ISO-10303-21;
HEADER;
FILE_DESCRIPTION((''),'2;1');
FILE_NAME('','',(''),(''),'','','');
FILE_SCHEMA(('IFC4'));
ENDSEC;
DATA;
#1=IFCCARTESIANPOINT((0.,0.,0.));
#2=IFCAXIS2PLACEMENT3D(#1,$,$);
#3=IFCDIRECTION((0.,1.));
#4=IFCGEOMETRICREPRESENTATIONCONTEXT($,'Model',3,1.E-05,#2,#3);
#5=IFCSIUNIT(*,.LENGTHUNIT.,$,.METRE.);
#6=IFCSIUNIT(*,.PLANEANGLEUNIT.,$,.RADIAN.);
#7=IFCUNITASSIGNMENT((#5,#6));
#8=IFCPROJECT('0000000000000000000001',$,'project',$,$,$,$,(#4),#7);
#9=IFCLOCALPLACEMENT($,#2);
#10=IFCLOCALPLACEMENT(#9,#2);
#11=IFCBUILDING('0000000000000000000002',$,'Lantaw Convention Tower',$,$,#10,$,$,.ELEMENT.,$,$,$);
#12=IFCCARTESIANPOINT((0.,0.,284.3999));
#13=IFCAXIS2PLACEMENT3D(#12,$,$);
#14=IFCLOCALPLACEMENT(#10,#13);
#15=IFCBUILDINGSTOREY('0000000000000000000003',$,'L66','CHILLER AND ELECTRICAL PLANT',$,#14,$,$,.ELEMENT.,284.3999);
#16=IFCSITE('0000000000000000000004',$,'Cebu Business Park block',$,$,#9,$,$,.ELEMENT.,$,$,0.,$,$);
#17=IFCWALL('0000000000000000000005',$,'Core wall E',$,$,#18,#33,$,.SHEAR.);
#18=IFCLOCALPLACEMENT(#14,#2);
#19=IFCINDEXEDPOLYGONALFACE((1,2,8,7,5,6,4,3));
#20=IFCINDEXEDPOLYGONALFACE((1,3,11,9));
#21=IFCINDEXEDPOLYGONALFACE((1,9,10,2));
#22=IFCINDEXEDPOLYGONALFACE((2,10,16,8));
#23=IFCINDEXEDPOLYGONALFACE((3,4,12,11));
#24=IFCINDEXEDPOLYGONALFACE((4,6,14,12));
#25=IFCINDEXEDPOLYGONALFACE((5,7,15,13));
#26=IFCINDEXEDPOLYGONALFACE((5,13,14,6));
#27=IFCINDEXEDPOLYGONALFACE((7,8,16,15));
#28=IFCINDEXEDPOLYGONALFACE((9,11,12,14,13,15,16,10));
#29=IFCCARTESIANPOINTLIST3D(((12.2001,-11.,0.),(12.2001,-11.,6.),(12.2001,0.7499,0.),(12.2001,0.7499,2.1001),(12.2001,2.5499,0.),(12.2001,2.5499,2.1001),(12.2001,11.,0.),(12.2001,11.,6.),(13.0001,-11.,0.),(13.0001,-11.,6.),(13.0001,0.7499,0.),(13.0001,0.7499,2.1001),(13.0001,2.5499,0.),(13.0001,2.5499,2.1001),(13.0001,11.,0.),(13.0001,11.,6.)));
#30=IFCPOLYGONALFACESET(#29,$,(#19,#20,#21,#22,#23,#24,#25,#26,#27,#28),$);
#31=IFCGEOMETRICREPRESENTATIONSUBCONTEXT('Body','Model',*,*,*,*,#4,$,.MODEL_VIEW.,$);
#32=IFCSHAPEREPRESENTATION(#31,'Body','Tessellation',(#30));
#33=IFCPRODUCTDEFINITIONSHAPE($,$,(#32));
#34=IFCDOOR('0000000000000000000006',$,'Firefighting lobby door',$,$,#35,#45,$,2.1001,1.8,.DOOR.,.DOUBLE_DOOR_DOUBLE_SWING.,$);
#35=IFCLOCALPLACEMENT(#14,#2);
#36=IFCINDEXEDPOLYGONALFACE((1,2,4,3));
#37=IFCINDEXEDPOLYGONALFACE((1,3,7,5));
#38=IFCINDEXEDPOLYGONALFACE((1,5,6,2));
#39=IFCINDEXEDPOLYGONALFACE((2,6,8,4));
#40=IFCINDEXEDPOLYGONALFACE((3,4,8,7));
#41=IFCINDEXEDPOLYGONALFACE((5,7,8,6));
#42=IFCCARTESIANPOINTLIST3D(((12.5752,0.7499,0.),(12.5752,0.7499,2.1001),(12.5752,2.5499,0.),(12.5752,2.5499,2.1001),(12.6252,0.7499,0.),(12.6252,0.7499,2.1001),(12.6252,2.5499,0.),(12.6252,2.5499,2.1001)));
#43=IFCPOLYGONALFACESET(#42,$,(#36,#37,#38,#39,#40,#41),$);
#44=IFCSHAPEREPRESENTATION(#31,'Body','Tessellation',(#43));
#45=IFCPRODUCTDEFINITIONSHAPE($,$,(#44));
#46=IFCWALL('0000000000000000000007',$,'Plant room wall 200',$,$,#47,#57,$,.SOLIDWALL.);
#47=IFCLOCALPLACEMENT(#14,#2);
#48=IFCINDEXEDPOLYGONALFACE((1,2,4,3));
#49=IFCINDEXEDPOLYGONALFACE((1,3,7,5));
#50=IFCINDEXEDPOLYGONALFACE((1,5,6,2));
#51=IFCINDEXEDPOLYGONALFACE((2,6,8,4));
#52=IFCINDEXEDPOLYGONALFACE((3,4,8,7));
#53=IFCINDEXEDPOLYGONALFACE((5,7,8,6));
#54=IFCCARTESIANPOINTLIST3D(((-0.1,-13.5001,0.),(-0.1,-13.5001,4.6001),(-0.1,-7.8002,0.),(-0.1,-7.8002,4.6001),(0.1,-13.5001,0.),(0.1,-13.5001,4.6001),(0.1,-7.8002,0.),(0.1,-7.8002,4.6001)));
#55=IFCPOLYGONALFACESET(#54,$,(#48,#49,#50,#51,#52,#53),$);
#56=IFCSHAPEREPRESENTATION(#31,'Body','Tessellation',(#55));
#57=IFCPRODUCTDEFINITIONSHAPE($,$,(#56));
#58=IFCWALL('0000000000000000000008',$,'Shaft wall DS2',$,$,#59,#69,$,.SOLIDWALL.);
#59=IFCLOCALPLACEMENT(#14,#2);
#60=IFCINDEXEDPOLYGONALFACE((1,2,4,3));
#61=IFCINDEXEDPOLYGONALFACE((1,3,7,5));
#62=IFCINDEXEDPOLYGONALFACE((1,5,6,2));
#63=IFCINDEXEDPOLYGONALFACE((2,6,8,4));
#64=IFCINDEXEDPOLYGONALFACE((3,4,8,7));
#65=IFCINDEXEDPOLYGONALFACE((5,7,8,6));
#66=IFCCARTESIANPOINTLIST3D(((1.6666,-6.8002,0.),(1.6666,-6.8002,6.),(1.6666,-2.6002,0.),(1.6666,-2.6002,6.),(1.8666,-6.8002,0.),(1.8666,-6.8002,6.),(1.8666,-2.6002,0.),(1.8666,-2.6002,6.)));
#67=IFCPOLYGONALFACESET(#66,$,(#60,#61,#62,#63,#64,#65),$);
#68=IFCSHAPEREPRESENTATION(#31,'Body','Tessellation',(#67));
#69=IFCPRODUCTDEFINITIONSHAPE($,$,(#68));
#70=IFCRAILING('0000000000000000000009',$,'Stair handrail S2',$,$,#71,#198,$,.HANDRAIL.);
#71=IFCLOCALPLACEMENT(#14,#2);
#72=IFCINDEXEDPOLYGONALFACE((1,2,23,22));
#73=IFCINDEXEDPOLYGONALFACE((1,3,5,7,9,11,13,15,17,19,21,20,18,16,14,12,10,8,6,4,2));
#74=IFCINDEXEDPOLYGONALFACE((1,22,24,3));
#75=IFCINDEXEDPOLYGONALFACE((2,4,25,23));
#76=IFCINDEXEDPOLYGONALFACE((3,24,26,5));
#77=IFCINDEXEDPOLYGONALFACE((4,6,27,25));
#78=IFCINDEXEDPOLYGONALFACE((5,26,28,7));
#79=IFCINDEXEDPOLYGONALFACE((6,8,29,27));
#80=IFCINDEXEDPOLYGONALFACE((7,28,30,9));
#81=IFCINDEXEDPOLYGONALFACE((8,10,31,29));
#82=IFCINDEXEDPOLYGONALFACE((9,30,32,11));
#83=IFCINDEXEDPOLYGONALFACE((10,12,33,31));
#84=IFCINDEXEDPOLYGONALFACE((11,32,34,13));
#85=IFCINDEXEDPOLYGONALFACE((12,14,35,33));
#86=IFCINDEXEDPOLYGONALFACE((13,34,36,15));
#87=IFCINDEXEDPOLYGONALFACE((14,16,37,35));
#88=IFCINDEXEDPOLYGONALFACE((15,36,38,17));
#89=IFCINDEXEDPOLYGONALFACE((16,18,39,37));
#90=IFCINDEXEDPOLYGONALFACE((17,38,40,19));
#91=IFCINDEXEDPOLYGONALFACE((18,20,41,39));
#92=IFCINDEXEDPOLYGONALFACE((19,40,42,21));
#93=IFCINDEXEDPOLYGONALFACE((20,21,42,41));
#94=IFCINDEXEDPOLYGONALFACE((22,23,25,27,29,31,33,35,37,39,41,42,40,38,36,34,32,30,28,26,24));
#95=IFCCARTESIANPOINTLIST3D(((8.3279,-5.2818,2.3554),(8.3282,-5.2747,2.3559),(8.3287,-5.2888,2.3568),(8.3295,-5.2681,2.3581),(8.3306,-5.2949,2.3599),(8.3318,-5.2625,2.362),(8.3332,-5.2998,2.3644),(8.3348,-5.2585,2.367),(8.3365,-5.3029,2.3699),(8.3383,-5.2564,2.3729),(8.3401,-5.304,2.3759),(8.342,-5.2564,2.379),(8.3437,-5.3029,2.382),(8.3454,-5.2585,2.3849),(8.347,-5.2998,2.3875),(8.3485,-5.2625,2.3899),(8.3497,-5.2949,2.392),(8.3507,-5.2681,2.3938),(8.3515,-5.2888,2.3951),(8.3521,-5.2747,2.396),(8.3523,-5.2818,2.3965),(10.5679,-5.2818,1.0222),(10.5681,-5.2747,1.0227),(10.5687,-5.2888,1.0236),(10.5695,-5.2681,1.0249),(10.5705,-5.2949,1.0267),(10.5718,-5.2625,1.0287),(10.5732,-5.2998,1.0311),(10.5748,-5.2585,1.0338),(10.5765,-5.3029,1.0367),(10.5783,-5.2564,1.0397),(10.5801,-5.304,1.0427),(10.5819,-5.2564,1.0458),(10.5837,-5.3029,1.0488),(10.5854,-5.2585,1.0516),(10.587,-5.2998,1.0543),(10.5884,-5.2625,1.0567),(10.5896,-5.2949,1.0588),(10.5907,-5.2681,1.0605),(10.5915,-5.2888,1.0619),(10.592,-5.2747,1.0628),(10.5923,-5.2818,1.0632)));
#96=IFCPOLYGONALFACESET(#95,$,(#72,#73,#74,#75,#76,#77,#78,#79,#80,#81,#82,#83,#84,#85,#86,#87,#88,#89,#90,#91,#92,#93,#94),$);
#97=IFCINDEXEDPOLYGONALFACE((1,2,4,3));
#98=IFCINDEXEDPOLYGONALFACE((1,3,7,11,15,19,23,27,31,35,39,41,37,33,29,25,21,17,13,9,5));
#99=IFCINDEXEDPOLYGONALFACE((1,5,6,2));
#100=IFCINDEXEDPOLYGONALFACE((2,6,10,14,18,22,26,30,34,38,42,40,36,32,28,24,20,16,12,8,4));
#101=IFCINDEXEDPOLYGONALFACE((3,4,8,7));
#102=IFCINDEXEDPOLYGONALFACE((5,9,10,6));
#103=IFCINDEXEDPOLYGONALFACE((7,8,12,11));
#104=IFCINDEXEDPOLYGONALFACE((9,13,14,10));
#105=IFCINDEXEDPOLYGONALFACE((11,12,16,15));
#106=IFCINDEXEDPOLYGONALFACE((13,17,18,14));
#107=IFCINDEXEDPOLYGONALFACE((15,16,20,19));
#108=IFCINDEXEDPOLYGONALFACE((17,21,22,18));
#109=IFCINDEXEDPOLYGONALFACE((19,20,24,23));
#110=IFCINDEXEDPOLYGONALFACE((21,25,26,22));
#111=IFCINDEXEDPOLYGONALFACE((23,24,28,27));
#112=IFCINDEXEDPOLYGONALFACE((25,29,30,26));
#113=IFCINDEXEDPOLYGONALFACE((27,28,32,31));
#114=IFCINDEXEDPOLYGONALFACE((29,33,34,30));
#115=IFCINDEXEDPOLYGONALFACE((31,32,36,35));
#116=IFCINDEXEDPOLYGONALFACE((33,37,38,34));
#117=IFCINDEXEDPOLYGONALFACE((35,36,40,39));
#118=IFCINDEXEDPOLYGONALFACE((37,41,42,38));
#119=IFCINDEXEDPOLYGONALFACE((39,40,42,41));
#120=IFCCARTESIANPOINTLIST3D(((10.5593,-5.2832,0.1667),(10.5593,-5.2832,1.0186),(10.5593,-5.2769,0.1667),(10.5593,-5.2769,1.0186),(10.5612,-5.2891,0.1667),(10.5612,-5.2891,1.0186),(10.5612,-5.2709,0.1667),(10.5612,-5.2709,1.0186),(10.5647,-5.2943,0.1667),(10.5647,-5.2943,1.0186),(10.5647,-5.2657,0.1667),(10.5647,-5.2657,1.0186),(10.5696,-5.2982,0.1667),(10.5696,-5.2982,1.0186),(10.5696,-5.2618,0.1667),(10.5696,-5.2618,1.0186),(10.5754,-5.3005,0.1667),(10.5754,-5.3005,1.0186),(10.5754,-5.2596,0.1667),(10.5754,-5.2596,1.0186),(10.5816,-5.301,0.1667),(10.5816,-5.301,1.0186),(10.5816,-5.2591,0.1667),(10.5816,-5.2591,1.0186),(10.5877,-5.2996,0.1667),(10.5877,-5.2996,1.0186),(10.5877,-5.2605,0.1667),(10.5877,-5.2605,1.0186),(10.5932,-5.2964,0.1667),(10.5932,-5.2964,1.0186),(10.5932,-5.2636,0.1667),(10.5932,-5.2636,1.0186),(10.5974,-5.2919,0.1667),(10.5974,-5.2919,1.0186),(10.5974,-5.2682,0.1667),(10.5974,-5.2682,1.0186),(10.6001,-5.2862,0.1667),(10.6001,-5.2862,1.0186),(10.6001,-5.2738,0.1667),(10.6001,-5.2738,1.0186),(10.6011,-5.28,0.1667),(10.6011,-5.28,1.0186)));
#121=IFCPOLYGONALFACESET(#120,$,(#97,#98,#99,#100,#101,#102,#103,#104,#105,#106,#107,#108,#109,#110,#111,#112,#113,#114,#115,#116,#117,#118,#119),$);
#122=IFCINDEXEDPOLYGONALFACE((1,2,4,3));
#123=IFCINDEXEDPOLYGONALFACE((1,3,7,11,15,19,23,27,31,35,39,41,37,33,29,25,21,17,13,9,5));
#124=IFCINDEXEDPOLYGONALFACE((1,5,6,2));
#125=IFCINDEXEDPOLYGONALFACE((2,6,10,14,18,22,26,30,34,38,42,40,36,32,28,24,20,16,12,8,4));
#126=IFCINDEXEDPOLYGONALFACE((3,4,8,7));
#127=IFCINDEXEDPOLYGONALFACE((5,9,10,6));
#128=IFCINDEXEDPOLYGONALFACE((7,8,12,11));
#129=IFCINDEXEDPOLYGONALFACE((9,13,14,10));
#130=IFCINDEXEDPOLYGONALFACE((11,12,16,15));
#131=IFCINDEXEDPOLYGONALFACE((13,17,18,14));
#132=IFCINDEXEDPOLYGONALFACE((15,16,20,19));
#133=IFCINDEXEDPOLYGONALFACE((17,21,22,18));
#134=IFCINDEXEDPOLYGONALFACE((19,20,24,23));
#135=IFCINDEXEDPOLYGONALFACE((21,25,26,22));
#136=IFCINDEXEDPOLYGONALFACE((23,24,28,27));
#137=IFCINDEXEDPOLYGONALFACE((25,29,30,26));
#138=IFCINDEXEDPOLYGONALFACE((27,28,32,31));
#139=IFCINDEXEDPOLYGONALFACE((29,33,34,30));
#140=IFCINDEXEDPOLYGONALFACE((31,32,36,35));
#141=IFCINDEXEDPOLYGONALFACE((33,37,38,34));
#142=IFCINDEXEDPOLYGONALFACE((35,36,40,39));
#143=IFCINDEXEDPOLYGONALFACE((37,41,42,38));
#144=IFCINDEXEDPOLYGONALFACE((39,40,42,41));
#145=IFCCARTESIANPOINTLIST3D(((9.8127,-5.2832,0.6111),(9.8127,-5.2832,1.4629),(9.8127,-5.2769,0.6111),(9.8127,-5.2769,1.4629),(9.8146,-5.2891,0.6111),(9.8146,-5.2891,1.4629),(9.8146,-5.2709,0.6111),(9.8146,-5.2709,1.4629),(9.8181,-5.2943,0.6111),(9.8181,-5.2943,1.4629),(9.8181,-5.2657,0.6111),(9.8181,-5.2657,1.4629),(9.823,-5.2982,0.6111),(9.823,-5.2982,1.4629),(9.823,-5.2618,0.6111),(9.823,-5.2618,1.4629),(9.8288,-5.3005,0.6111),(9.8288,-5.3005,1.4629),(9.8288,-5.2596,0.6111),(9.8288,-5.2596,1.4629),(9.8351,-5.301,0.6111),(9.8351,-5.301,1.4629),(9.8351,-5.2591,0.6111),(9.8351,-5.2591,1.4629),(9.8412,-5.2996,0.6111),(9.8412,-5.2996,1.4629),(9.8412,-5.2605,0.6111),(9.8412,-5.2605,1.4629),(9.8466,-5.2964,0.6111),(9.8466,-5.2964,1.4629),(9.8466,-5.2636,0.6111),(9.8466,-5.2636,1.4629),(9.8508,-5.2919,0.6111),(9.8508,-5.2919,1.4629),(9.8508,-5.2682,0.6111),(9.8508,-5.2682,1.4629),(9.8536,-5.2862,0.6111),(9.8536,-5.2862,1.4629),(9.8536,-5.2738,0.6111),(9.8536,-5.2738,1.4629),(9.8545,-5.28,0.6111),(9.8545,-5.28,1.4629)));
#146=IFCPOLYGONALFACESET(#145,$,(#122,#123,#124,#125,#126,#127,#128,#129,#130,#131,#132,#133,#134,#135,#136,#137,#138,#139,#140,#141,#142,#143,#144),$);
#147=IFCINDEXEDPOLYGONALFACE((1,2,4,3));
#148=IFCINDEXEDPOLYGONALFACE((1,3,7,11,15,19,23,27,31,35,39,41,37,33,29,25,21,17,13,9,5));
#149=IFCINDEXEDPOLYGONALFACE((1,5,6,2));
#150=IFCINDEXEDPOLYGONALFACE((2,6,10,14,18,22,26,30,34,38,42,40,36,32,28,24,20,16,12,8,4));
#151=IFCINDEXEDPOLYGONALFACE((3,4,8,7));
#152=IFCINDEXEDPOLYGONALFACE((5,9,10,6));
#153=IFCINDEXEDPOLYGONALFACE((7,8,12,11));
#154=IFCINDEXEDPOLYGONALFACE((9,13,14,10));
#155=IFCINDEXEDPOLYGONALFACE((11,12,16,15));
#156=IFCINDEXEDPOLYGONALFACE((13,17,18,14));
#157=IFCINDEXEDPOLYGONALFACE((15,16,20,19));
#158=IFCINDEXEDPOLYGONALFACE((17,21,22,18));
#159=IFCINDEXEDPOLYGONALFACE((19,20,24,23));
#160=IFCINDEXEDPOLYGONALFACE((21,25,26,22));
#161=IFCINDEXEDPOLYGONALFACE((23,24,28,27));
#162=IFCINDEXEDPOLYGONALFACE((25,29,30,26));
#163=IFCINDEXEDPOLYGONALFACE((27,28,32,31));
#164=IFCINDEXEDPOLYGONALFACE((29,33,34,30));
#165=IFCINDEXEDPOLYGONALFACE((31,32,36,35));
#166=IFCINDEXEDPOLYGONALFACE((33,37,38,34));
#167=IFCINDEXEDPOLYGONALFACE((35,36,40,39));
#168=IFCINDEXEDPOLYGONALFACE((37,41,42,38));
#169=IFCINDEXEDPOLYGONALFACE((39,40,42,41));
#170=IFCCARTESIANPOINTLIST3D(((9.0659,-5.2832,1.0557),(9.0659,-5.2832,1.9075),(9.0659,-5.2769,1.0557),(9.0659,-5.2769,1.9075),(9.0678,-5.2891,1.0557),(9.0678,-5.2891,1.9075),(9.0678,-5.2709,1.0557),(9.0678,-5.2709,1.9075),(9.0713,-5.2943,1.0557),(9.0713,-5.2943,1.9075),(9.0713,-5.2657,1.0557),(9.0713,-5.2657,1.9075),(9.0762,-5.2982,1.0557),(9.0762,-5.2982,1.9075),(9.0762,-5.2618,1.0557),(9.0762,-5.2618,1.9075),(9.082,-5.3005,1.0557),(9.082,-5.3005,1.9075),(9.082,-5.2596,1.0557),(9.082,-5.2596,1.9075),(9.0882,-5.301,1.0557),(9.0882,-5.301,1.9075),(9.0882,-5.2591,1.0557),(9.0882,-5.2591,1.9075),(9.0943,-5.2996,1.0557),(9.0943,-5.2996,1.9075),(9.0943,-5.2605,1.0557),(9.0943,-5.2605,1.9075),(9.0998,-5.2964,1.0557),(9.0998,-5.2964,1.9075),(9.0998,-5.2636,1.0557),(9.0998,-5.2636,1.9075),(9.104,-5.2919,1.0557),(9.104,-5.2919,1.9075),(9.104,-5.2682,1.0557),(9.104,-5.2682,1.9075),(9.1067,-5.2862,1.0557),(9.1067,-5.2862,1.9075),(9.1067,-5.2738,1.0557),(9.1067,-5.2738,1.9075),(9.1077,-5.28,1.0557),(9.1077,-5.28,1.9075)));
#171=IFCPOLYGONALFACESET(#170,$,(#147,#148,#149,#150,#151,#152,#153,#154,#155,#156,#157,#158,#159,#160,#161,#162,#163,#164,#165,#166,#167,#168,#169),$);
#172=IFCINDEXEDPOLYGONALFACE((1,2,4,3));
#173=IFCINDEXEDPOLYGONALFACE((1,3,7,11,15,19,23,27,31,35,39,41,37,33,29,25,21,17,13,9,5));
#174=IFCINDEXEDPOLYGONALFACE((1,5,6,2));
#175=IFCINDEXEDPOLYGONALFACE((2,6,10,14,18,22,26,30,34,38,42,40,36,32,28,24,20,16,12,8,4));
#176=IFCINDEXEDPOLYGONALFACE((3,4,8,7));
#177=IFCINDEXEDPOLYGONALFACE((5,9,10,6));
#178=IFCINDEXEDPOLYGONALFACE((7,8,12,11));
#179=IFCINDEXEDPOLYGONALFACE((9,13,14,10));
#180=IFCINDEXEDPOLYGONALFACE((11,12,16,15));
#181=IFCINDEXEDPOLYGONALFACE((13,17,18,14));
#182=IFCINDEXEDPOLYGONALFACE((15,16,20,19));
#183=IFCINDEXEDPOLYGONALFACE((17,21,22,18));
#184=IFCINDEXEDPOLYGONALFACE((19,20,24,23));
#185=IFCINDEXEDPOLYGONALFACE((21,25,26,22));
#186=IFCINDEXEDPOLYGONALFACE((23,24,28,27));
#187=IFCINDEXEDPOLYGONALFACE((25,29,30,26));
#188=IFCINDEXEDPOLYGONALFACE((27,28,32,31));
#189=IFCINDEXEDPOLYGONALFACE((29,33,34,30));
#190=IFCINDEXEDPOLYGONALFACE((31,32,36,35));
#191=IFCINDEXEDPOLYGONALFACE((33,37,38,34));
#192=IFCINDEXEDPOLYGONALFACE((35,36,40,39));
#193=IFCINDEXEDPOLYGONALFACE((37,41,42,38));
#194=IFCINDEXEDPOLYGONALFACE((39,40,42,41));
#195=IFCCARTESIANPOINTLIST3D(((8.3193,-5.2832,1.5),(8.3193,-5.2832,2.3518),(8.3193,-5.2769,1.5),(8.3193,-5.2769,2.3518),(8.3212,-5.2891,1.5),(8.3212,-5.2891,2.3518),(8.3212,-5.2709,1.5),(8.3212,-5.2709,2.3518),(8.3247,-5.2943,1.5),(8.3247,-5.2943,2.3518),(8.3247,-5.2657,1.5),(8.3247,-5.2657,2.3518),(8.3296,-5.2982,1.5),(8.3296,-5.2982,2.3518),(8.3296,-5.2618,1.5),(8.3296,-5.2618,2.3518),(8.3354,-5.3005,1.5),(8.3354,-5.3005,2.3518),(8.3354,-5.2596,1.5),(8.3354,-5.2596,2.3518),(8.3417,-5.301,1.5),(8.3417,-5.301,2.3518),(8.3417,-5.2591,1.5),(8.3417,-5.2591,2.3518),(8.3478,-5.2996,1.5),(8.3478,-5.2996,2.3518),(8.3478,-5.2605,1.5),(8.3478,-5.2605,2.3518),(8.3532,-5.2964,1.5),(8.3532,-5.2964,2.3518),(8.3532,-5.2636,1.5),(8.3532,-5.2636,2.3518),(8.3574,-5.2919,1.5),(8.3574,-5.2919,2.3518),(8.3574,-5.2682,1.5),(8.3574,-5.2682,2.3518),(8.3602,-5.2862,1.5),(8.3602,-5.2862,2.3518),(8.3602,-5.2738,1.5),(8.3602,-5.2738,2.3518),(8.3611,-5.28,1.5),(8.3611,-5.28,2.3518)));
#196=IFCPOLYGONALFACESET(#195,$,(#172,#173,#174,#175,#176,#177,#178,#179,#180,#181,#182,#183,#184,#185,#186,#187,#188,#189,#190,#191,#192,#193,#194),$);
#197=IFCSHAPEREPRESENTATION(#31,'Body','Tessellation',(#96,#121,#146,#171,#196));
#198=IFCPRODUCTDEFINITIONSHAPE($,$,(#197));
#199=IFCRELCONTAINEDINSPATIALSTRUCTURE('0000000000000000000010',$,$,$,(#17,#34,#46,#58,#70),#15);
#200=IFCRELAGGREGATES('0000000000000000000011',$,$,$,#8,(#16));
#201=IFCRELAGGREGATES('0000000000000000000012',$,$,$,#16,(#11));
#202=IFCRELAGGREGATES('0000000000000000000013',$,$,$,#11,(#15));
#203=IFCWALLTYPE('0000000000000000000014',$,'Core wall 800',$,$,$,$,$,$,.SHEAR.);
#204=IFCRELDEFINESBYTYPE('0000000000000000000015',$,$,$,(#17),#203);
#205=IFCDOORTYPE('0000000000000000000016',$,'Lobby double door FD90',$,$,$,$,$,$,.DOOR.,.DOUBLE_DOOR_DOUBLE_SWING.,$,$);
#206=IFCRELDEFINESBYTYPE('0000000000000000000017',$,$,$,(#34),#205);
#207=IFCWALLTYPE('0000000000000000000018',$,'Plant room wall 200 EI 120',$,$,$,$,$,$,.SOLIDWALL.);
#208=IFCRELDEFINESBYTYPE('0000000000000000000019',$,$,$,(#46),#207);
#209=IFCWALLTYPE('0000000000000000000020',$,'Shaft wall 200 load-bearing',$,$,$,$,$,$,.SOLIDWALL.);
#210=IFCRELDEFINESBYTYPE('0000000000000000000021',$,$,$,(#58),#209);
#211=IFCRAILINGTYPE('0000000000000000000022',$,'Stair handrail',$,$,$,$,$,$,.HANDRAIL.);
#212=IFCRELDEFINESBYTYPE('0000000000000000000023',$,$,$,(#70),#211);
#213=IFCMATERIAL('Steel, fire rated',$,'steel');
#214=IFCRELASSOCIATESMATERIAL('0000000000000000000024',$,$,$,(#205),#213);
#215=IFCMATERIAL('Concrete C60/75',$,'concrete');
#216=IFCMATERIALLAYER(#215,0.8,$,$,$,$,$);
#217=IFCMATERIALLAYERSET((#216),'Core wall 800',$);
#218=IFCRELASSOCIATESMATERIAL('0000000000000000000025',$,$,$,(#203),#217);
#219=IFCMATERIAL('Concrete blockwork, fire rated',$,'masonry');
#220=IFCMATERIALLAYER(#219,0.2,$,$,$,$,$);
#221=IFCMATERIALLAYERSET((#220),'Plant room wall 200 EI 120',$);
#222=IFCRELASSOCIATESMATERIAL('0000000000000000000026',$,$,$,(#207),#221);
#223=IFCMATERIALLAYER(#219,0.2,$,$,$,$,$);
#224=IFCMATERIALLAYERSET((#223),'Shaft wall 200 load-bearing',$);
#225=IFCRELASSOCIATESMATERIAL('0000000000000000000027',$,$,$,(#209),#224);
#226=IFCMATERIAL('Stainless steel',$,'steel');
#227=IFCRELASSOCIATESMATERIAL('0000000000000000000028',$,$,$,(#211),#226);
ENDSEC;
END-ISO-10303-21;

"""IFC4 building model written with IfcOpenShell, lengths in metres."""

from ifc_helpers import new_model, si_unit, direction, frame, frame_2d, origin, origin_2d, place, context, subcontext, project, spatial, rectangle, circle, extrude, material, layer, layer_set, type_object, element, fill, save


model = new_model("IFC4")

# Units and contexts
model_context = context("Model", 3, precision=1e-05, world=origin(), true_north=direction((0.0, 1.0)))
body_context = subcontext(model_context, "Body", "Model", "MODEL_VIEW")
ifc_project = project(units=[si_unit("LENGTHUNIT", "METRE"), si_unit("PLANEANGLEUNIT", "RADIAN")], contexts=[model_context])

# Site, building, storey
site_placement = place(None, origin())
site = spatial("IfcSite", under=ifc_project, at=site_placement, Name="Cebu Business Park block", CompositionType="ELEMENT", RefElevation=0.0)
building_placement = place(site_placement, origin())
building = spatial("IfcBuilding", under=site, at=building_placement, Name="Lantaw Convention Tower", CompositionType="ELEMENT")
storey_placement = place(building_placement, frame((0.0, 0.0, 284.3999)))
storey = spatial("IfcBuildingStorey", under=building, at=storey_placement, Name="L66", Description="CHILLER AND ELECTRICAL PLANT", CompositionType="ELEMENT", Elevation=284.3999)

# Wall, opening, door
ifc_material_1 = material(Name="Concrete C60/75", Category="concrete")
ifc_material_2 = material(Name="Steel, fire rated", Category="steel")
door_type_1 = type_object("IfcDoorType", Name="Lobby double door FD90", OperationType="DOUBLE_DOOR_DOUBLE_SWING", PredefinedType="DOOR", material=ifc_material_2)
ifc_layer_1 = layer(ifc_material_1, 0.8)
ifc_layer_set_1 = layer_set([ifc_layer_1], Name="Core wall 800")
wall_type_1 = type_object("IfcWallType", Name="Core wall 800", PredefinedType="SHEAR", material=ifc_layer_set_1)
wall_1_placement = place(storey_placement, frame((12.6001, -11.0, 0.0), z_axis=(0.0, 0.0, 1.0), x_axis=(0.0, 1.0, 0.0)))
wall_1 = element("IfcWall", 1, at=wall_1_placement, inside=storey, type_object=wall_type_1, Name="Core wall E", PredefinedType="SHEAR", context=body_context, shape_type="SweptSolid", body=[
    extrude(rectangle(XDim=22.0, YDim=0.8, at=frame_2d((11.0, 0.0))), origin(), (0.0, 0.0, 1.0), 6.0),
])
opening_1_placement = place(wall_1_placement, frame((11.75, 0.0, 0.0)))
opening_1 = element("IfcOpeningElement", 2, at=opening_1_placement, cuts=wall_1, PredefinedType="OPENING", context=body_context, shape_type="SweptSolid", body=[
    extrude(rectangle(XDim=1.8, YDim=2.1001, at=frame_2d((0.8999, 1.05))), frame((0.0, 0.4099, 0.0), z_axis=(0.0, -1.0, 0.0), x_axis=(1.0, 0.0, 0.0)), (0.0, 0.0, 1.0), 0.8201),
])
door_1_placement = place(opening_1_placement, origin())
door_1 = element("IfcDoor", 3, at=door_1_placement, inside=storey, type_object=door_type_1, Name="Firefighting lobby door", OperationType="DOUBLE_DOOR_DOUBLE_SWING", OverallHeight=2.1001, OverallWidth=1.8, PredefinedType="DOOR", context=body_context, shape_type="SweptSolid", body=[
    extrude(rectangle(XDim=1.8, YDim=2.1001, at=frame_2d((0.8999, 1.05))), frame((0.0, 0.0249, 0.0), z_axis=(0.0, -1.0, 0.0), x_axis=(1.0, 0.0, 0.0)), (0.0, 0.0, 1.0), 0.05),
])
fill(opening_1, door_1)

# Walls
ifc_material_3 = material(Name="Concrete blockwork, fire rated", Category="masonry")
ifc_layer_2 = layer(ifc_material_3, 0.2)
ifc_layer_set_2 = layer_set([ifc_layer_2], Name="Plant room wall 200 EI 120")
wall_type_2 = type_object("IfcWallType", Name="Plant room wall 200 EI 120", PredefinedType="SOLIDWALL", material=ifc_layer_set_2)
wall_2_placement = place(storey_placement, frame((0.0, -7.8, 0.0), z_axis=(0.0, 0.0, 1.0), x_axis=(0.0, -1.0, 0.0)))
element("IfcWall", 4, at=wall_2_placement, inside=storey, type_object=wall_type_2, Name="Plant room wall 200", PredefinedType="SOLIDWALL", context=body_context, shape_type="SweptSolid", body=[
    extrude(rectangle(XDim=5.7, YDim=0.2, at=frame_2d((2.8501, 0.0))), origin(), (0.0, 0.0, 1.0), 4.6001),
])
ifc_layer_3 = layer(ifc_material_3, 0.2)
ifc_layer_set_3 = layer_set([ifc_layer_3], Name="Shaft wall 200 load-bearing")
wall_type_3 = type_object("IfcWallType", Name="Shaft wall 200 load-bearing", PredefinedType="SOLIDWALL", material=ifc_layer_set_3)
wall_3_placement = place(storey_placement, frame((1.7666, -2.6001, 0.0), z_axis=(0.0, 0.0, 1.0), x_axis=(0.0, -1.0, 0.0)))
element("IfcWall", 5, at=wall_3_placement, inside=storey, type_object=wall_type_3, Name="Shaft wall DS2", PredefinedType="SOLIDWALL", context=body_context, shape_type="SweptSolid", body=[
    extrude(rectangle(XDim=4.2, YDim=0.2, at=frame_2d((2.1001, 0.0))), origin(), (0.0, 0.0, 1.0), 6.0),
])

# Railing
ifc_material_4 = material(Name="Stainless steel", Category="steel")
railing_type = type_object("IfcRailingType", Name="Stair handrail", PredefinedType="HANDRAIL", material=ifc_material_4)
railing_1_placement = place(storey_placement, frame((10.5801, -5.28, 0.1667)))
element("IfcRailing", 6, at=railing_1_placement, inside=storey, type_object=railing_type, Name="Stair handrail S2", PredefinedType="HANDRAIL", context=body_context, shape_type="SweptSolid", body=[
    extrude(circle(Radius=0.0239, at=origin_2d()), frame((0.0, 0.0, 0.876), z_axis=(-0.859306, 0.0, 0.511462), x_axis=(0.0, -1.0, 0.0)), (0.0, 0.0, 1.0), 2.6067),
    extrude(circle(Radius=0.021, at=origin_2d()), origin(), (0.0, 0.0, 1.0), 0.8518),
    extrude(circle(Radius=0.021, at=origin_2d()), frame((-0.7466, 0.0, 0.4443)), (0.0, 0.0, 1.0), 0.8518),
    extrude(circle(Radius=0.021, at=origin_2d()), frame((-1.4934, 0.0, 0.8889)), (0.0, 0.0, 1.0), 0.8518),
    extrude(circle(Radius=0.021, at=origin_2d()), frame((-2.24, 0.0, 1.3333)), (0.0, 0.0, 1.0), 0.8518),
])

save(model, "model.ifc")
